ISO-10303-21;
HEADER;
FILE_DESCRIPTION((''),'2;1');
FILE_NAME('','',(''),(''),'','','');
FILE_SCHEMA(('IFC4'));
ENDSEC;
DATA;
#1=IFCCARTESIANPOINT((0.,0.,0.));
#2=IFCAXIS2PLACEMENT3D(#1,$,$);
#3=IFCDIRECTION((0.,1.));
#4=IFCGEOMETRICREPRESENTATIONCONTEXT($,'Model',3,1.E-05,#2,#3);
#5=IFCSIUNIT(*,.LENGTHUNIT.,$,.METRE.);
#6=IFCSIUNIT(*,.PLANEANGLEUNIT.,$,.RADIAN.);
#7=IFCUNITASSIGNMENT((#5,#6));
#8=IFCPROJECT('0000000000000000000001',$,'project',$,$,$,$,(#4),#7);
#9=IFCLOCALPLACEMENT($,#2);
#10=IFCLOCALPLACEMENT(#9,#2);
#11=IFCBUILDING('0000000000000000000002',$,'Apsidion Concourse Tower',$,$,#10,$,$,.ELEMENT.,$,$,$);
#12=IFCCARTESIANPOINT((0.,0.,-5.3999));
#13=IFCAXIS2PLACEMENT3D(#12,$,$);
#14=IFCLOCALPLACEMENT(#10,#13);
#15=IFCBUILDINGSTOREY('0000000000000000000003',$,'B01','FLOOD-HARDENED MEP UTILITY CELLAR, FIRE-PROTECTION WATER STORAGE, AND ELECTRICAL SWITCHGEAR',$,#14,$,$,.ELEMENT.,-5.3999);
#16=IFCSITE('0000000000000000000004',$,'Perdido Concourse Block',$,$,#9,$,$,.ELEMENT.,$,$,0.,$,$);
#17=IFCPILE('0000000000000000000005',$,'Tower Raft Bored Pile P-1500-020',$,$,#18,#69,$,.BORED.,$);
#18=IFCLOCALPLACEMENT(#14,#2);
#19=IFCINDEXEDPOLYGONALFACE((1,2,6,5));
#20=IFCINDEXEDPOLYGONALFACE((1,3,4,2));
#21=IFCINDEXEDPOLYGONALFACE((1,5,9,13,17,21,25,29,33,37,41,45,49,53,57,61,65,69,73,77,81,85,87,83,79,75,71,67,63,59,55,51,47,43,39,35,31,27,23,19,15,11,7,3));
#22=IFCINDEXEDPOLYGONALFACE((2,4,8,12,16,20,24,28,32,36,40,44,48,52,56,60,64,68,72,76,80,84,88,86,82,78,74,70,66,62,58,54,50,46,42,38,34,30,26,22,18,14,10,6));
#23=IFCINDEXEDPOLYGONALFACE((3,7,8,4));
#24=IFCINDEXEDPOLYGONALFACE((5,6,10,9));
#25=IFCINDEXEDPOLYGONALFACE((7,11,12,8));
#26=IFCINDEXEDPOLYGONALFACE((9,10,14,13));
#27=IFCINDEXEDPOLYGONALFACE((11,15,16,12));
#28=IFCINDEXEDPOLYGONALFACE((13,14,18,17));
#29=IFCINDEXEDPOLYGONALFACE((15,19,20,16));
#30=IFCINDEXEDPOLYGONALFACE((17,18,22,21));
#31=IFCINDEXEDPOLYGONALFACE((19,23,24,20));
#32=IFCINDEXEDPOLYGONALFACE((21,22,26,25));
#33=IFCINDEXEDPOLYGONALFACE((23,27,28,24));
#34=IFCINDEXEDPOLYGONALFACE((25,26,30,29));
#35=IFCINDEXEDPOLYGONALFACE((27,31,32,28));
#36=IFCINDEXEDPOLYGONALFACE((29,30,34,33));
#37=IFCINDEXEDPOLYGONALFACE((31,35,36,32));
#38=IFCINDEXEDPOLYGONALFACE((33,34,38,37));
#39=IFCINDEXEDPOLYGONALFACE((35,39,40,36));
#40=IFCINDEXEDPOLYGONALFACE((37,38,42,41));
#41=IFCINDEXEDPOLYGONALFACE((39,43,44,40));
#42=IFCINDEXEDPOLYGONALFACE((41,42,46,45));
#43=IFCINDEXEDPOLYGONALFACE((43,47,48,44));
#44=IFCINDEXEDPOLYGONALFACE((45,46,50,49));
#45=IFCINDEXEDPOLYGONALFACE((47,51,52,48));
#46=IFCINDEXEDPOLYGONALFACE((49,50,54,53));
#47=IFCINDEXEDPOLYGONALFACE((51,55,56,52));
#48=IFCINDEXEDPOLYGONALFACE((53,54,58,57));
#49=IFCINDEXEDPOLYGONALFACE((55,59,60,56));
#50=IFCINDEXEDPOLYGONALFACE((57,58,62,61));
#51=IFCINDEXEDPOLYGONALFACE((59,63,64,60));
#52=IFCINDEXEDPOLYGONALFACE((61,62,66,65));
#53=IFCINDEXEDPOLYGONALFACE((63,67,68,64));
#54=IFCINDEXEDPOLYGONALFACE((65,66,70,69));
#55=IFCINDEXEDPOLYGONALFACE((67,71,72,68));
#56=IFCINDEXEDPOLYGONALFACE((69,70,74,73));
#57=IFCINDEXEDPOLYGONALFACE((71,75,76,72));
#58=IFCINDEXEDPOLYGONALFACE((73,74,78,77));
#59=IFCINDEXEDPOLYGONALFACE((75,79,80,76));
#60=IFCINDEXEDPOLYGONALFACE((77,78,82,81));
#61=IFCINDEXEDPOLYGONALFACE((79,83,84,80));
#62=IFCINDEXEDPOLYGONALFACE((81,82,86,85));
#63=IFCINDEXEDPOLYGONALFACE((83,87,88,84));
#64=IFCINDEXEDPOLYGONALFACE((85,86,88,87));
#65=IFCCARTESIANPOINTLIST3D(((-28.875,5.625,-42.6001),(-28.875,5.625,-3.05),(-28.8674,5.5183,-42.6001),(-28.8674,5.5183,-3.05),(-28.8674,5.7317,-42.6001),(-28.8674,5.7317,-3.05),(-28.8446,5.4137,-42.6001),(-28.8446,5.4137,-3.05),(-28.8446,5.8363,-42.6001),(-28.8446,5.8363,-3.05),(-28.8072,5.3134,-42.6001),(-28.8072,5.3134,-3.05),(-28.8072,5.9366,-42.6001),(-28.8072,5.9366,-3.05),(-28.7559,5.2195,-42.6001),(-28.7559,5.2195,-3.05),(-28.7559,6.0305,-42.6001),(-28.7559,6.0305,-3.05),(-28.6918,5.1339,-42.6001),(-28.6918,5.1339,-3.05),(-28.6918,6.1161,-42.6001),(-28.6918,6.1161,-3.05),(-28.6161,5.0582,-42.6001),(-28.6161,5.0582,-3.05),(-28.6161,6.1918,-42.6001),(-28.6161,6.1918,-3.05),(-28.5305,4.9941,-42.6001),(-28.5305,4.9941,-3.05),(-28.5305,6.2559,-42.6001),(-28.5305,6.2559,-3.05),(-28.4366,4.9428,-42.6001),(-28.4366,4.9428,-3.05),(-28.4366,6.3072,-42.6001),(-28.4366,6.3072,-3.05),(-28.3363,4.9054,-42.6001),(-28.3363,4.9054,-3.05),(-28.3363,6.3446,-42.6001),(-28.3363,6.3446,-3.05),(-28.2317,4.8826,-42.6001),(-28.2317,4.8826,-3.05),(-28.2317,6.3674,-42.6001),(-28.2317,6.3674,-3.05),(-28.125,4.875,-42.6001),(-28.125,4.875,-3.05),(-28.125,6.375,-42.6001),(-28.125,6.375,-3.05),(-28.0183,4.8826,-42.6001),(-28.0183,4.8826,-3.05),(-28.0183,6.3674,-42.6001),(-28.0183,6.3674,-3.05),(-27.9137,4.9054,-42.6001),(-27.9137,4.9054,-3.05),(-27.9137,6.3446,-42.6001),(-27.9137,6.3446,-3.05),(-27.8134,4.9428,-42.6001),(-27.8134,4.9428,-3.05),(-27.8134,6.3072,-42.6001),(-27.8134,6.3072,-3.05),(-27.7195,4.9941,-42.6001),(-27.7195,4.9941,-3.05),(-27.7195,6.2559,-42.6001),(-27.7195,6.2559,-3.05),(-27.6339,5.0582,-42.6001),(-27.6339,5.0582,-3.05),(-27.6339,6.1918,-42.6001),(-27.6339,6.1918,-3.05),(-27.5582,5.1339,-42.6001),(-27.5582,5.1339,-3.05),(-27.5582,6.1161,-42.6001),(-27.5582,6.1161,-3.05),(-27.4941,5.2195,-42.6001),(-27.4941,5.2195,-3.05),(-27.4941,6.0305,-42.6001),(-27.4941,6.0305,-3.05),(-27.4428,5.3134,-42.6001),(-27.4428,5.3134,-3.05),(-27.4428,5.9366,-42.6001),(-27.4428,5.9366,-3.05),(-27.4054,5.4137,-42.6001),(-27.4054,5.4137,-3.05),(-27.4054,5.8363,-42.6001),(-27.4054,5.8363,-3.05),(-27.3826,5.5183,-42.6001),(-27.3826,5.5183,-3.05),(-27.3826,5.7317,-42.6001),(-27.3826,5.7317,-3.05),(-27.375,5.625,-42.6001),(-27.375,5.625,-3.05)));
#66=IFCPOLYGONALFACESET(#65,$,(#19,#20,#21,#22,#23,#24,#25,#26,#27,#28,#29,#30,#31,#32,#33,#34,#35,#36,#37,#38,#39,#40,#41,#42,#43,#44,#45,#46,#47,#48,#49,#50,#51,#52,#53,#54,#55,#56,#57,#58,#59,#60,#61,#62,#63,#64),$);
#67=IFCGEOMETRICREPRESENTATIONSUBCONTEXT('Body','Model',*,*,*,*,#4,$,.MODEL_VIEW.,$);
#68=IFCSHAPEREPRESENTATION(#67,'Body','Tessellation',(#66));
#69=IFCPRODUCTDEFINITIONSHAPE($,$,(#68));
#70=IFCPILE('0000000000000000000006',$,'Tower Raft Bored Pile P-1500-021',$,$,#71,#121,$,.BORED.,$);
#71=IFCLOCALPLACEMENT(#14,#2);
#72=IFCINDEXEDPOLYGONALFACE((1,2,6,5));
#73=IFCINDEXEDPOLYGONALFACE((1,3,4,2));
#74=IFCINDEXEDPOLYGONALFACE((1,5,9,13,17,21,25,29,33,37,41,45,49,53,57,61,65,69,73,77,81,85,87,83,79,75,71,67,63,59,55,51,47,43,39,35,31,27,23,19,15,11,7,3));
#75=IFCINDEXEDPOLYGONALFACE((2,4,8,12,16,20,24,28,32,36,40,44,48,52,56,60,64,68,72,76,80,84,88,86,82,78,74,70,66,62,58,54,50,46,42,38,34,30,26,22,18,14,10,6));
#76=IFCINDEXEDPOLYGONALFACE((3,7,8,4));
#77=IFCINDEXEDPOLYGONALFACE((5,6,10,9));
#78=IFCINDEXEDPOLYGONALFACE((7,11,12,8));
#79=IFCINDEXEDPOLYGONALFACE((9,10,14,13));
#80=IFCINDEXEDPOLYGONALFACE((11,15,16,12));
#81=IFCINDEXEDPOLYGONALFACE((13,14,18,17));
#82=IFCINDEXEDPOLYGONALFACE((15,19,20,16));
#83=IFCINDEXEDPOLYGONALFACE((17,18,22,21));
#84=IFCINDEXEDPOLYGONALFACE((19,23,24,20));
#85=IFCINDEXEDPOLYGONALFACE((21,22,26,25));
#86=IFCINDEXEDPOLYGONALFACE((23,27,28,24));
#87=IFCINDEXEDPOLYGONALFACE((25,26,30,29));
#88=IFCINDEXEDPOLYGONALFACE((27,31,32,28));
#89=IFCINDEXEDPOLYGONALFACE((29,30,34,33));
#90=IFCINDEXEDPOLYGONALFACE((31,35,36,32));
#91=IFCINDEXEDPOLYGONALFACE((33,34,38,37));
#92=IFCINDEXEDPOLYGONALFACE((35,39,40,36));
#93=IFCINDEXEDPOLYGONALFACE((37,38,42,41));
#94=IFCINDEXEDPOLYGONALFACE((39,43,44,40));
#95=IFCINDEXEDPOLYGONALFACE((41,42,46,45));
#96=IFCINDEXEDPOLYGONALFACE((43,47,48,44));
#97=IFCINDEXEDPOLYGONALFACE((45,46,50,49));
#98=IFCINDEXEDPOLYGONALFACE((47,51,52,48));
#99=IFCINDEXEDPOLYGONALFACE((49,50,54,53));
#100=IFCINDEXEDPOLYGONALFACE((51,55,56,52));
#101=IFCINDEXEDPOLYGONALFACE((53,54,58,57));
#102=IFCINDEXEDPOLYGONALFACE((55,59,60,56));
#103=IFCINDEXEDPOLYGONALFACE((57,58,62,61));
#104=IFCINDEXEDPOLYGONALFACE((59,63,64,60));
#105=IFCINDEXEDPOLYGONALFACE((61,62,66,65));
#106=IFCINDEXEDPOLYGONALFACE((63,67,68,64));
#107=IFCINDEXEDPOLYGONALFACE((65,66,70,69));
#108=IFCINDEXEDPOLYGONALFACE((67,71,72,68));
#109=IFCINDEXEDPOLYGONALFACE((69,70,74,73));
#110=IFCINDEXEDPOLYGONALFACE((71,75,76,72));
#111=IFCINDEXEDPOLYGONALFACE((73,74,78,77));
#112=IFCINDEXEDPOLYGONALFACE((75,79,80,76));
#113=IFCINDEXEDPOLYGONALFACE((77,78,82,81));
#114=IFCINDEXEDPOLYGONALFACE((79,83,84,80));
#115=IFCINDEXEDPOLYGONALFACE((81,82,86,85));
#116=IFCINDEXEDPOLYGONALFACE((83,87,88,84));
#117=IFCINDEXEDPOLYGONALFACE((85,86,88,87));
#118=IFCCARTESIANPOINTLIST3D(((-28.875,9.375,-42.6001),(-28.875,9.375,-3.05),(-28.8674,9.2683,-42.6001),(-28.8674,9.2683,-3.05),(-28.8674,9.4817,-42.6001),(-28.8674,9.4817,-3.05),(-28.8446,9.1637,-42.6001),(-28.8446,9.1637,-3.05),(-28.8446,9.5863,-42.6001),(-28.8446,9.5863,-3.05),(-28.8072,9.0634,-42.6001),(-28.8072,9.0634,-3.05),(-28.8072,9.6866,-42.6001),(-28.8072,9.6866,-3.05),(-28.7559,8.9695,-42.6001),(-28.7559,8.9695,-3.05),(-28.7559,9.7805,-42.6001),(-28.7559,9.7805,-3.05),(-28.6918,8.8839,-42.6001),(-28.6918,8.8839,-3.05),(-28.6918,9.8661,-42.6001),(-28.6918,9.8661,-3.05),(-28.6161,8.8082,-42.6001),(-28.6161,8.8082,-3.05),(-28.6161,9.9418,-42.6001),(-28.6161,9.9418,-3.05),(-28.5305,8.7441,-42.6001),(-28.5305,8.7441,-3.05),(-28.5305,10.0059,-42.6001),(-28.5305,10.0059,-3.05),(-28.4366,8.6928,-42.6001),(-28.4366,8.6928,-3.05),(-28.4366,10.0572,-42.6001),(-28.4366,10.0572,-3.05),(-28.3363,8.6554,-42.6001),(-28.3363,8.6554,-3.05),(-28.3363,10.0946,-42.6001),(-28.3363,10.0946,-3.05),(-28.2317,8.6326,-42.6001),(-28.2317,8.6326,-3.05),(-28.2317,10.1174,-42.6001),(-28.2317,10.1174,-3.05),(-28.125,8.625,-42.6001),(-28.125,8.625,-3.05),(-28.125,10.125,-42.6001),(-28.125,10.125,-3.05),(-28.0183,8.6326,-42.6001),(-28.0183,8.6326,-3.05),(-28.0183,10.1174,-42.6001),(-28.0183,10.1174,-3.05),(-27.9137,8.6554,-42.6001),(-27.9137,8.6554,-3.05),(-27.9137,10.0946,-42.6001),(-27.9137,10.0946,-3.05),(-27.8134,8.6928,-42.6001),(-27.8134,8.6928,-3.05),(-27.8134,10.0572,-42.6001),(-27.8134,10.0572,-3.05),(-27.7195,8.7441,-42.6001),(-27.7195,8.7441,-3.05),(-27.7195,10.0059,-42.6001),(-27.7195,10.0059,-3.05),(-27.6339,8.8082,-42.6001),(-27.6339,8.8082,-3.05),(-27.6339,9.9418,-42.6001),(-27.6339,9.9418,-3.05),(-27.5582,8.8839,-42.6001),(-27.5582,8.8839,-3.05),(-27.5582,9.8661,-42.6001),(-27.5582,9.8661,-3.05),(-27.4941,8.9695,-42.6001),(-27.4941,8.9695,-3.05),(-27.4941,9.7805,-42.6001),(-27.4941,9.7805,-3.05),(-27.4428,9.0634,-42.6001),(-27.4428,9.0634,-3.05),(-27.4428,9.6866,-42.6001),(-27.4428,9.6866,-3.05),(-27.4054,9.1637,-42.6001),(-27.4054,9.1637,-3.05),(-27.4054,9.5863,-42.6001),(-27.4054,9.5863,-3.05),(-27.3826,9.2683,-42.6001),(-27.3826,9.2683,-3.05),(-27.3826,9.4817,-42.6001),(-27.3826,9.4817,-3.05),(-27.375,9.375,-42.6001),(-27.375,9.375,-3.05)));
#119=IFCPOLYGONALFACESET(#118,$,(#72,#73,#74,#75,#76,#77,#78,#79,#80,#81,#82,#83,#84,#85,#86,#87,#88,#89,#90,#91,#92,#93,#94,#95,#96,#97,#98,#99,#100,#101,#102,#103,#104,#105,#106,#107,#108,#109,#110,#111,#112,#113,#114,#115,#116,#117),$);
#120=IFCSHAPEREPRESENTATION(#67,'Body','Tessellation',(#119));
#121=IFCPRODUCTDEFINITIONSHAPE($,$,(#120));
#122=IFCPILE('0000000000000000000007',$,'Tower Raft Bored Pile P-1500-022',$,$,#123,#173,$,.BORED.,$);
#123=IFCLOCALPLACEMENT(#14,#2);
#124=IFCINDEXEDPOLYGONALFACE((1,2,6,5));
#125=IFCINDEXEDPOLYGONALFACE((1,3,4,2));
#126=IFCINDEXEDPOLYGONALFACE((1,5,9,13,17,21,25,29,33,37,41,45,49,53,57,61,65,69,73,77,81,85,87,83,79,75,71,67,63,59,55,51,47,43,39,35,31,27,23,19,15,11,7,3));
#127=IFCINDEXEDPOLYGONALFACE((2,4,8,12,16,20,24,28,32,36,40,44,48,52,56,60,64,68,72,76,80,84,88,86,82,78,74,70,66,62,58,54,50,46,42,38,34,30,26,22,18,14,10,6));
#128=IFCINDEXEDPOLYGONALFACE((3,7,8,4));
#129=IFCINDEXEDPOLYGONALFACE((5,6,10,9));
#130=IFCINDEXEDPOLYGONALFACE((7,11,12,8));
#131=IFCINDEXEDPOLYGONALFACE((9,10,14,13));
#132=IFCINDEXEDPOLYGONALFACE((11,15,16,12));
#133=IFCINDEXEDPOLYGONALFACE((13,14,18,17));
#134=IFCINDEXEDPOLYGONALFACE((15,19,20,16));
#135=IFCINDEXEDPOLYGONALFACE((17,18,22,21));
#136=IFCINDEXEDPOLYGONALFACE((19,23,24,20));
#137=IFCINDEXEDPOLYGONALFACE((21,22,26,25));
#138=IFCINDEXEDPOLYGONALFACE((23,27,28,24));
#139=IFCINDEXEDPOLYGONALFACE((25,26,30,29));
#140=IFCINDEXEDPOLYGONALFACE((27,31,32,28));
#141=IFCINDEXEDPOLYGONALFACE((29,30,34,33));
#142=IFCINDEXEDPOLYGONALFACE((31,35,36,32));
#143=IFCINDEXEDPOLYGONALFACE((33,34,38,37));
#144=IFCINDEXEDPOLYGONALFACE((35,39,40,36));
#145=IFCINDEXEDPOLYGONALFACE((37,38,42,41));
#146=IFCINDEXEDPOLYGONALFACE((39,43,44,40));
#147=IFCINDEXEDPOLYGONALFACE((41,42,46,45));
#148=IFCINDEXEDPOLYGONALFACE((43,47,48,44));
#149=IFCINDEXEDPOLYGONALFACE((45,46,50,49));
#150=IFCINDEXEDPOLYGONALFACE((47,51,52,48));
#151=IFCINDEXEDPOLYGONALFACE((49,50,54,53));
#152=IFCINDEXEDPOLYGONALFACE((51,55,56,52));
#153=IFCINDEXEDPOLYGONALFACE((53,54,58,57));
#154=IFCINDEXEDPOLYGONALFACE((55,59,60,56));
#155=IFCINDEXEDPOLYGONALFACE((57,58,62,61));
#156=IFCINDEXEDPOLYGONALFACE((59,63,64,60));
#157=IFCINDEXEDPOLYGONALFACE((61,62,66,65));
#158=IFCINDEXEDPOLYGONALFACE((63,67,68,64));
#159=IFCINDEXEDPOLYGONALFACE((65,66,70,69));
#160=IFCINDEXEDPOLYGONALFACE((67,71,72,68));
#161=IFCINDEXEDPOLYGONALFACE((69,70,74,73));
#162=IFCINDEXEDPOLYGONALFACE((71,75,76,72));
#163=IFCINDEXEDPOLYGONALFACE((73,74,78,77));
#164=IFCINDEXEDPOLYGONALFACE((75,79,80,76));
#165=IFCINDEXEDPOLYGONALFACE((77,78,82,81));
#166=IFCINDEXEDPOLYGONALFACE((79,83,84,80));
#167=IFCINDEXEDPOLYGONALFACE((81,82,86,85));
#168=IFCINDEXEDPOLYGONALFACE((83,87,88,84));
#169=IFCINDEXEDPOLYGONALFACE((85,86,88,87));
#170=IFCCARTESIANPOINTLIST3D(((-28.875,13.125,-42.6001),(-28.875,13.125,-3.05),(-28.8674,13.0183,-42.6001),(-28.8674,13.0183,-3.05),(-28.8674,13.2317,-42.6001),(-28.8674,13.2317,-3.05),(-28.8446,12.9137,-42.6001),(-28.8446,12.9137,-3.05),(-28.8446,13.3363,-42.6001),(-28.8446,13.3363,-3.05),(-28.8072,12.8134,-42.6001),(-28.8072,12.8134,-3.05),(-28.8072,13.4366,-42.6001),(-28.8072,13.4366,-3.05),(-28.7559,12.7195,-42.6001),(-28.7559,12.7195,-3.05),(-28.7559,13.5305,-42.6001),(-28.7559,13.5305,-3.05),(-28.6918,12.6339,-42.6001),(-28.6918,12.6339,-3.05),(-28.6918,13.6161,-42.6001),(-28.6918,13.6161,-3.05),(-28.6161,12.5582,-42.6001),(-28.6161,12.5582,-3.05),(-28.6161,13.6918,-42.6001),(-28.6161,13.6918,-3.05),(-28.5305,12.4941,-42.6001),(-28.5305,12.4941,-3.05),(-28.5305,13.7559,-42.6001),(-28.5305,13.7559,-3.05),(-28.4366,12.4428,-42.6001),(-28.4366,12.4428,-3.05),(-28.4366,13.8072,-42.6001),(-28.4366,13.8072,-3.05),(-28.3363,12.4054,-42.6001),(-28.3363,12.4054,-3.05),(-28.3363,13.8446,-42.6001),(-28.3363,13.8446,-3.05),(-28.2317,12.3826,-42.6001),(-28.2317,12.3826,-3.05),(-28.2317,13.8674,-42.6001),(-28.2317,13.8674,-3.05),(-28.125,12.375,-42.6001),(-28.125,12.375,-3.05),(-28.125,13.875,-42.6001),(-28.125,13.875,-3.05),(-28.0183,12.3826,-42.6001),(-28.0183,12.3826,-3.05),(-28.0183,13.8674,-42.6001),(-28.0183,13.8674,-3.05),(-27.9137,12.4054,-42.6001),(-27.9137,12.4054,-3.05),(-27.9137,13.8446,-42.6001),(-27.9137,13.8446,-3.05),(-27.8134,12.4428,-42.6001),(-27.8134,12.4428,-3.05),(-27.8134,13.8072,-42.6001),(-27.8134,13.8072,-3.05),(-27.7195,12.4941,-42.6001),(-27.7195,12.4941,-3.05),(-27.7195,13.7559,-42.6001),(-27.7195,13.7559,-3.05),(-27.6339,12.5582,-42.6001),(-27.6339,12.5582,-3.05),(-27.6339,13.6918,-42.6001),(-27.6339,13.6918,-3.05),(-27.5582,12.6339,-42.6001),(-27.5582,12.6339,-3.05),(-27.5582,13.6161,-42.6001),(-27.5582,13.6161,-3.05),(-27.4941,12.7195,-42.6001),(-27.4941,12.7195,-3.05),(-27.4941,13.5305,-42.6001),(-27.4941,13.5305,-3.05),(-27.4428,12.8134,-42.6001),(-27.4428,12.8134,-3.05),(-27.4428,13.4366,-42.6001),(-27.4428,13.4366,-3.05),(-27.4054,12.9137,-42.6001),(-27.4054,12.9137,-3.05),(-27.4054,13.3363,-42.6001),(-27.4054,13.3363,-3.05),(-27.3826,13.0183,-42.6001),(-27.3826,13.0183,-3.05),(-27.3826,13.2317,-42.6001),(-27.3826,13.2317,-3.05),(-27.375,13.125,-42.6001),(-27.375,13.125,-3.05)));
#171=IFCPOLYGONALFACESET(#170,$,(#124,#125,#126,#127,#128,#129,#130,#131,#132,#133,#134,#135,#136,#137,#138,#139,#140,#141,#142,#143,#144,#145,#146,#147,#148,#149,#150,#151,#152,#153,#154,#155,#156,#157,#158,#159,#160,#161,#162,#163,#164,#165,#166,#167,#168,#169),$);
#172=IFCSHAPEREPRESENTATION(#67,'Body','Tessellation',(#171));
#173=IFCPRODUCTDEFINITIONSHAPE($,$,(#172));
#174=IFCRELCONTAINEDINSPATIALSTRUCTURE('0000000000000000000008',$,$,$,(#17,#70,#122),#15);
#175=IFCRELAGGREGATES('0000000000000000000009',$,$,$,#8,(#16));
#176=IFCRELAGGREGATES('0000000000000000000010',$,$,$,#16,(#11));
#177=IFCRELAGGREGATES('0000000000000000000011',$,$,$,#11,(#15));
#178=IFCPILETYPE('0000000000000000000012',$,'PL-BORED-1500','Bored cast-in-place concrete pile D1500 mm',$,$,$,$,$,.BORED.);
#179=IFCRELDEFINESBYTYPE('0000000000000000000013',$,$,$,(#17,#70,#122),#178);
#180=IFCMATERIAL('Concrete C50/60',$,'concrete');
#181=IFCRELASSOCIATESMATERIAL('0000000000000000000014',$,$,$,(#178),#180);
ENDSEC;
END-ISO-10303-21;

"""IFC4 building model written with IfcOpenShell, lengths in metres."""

from ifc_helpers import new_model, si_unit, direction, frame, origin, origin_2d, place, context, subcontext, project, spatial, circle, extrude, material, material_profile, profile_set, type_object, element, save


model = new_model("IFC4")

# Units and contexts
model_context = context("Model", 3, precision=1e-05, world=origin(), true_north=direction((0.0, 1.0)))
body_context = subcontext(model_context, "Body", "Model", "MODEL_VIEW")
ifc_project = project(units=[si_unit("LENGTHUNIT", "METRE"), si_unit("PLANEANGLEUNIT", "RADIAN")], contexts=[model_context])

# Site, building, storey
site_placement = place(None, origin())
site = spatial("IfcSite", under=ifc_project, at=site_placement, Name="Perdido Concourse Block", CompositionType="ELEMENT", RefElevation=0.0)
building_placement = place(site_placement, origin())
building = spatial("IfcBuilding", under=site, at=building_placement, Name="Apsidion Concourse Tower", CompositionType="ELEMENT")
storey_placement = place(building_placement, frame((0.0, 0.0, -5.3999)))
storey = spatial("IfcBuildingStorey", under=building, at=storey_placement, Name="B01", Description="FLOOD-HARDENED MEP UTILITY CELLAR, FIRE-PROTECTION WATER STORAGE, AND ELECTRICAL SWITCHGEAR", CompositionType="ELEMENT", Elevation=-5.3999)

# Shared definitions
ifc_material_1 = material(Name="Concrete C50/60", Category="concrete")

# Piles
ifc_material_profile_1 = material_profile(ifc_material_1, circle(Radius=0.75, at=origin_2d()), Name="BORED PILE D1500")
ifc_profile_set_1 = profile_set([ifc_material_profile_1], Name="Concrete C50/60")
pile_type_1 = type_object("IfcPileType", Name="PL-BORED-1500", Description="Bored cast-in-place concrete pile D1500 mm", PredefinedType="BORED", material=ifc_profile_set_1)
for number, where, z_axis, x_axis, name in (
    (1, (-28.125, 5.625, -3.05), (0.0, 0.0, -1.0), (1.0, 0.0, 0.0), "Tower Raft Bored Pile P-1500-020"),
    (2, (-28.125, 9.375, -3.05), (0.0, 0.0, -1.0), (1.0, 0.0, 0.0), "Tower Raft Bored Pile P-1500-021"),
    (3, (-28.125, 13.125, -3.05), (0.0, 0.0, -1.0), (1.0, 0.0, 0.0), "Tower Raft Bored Pile P-1500-022"),
):
    element("IfcPile", number, at=place(storey_placement, frame(where, z_axis=z_axis, x_axis=x_axis)), inside=storey, type_object=pile_type_1, Name=name, PredefinedType="BORED", context=body_context, shape_type="SweptSolid", body=[
        extrude(circle(Radius=0.75, at=origin_2d()), origin(), (0.0, 0.0, 1.0), 39.55),
    ])

save(model, "model.ifc")
